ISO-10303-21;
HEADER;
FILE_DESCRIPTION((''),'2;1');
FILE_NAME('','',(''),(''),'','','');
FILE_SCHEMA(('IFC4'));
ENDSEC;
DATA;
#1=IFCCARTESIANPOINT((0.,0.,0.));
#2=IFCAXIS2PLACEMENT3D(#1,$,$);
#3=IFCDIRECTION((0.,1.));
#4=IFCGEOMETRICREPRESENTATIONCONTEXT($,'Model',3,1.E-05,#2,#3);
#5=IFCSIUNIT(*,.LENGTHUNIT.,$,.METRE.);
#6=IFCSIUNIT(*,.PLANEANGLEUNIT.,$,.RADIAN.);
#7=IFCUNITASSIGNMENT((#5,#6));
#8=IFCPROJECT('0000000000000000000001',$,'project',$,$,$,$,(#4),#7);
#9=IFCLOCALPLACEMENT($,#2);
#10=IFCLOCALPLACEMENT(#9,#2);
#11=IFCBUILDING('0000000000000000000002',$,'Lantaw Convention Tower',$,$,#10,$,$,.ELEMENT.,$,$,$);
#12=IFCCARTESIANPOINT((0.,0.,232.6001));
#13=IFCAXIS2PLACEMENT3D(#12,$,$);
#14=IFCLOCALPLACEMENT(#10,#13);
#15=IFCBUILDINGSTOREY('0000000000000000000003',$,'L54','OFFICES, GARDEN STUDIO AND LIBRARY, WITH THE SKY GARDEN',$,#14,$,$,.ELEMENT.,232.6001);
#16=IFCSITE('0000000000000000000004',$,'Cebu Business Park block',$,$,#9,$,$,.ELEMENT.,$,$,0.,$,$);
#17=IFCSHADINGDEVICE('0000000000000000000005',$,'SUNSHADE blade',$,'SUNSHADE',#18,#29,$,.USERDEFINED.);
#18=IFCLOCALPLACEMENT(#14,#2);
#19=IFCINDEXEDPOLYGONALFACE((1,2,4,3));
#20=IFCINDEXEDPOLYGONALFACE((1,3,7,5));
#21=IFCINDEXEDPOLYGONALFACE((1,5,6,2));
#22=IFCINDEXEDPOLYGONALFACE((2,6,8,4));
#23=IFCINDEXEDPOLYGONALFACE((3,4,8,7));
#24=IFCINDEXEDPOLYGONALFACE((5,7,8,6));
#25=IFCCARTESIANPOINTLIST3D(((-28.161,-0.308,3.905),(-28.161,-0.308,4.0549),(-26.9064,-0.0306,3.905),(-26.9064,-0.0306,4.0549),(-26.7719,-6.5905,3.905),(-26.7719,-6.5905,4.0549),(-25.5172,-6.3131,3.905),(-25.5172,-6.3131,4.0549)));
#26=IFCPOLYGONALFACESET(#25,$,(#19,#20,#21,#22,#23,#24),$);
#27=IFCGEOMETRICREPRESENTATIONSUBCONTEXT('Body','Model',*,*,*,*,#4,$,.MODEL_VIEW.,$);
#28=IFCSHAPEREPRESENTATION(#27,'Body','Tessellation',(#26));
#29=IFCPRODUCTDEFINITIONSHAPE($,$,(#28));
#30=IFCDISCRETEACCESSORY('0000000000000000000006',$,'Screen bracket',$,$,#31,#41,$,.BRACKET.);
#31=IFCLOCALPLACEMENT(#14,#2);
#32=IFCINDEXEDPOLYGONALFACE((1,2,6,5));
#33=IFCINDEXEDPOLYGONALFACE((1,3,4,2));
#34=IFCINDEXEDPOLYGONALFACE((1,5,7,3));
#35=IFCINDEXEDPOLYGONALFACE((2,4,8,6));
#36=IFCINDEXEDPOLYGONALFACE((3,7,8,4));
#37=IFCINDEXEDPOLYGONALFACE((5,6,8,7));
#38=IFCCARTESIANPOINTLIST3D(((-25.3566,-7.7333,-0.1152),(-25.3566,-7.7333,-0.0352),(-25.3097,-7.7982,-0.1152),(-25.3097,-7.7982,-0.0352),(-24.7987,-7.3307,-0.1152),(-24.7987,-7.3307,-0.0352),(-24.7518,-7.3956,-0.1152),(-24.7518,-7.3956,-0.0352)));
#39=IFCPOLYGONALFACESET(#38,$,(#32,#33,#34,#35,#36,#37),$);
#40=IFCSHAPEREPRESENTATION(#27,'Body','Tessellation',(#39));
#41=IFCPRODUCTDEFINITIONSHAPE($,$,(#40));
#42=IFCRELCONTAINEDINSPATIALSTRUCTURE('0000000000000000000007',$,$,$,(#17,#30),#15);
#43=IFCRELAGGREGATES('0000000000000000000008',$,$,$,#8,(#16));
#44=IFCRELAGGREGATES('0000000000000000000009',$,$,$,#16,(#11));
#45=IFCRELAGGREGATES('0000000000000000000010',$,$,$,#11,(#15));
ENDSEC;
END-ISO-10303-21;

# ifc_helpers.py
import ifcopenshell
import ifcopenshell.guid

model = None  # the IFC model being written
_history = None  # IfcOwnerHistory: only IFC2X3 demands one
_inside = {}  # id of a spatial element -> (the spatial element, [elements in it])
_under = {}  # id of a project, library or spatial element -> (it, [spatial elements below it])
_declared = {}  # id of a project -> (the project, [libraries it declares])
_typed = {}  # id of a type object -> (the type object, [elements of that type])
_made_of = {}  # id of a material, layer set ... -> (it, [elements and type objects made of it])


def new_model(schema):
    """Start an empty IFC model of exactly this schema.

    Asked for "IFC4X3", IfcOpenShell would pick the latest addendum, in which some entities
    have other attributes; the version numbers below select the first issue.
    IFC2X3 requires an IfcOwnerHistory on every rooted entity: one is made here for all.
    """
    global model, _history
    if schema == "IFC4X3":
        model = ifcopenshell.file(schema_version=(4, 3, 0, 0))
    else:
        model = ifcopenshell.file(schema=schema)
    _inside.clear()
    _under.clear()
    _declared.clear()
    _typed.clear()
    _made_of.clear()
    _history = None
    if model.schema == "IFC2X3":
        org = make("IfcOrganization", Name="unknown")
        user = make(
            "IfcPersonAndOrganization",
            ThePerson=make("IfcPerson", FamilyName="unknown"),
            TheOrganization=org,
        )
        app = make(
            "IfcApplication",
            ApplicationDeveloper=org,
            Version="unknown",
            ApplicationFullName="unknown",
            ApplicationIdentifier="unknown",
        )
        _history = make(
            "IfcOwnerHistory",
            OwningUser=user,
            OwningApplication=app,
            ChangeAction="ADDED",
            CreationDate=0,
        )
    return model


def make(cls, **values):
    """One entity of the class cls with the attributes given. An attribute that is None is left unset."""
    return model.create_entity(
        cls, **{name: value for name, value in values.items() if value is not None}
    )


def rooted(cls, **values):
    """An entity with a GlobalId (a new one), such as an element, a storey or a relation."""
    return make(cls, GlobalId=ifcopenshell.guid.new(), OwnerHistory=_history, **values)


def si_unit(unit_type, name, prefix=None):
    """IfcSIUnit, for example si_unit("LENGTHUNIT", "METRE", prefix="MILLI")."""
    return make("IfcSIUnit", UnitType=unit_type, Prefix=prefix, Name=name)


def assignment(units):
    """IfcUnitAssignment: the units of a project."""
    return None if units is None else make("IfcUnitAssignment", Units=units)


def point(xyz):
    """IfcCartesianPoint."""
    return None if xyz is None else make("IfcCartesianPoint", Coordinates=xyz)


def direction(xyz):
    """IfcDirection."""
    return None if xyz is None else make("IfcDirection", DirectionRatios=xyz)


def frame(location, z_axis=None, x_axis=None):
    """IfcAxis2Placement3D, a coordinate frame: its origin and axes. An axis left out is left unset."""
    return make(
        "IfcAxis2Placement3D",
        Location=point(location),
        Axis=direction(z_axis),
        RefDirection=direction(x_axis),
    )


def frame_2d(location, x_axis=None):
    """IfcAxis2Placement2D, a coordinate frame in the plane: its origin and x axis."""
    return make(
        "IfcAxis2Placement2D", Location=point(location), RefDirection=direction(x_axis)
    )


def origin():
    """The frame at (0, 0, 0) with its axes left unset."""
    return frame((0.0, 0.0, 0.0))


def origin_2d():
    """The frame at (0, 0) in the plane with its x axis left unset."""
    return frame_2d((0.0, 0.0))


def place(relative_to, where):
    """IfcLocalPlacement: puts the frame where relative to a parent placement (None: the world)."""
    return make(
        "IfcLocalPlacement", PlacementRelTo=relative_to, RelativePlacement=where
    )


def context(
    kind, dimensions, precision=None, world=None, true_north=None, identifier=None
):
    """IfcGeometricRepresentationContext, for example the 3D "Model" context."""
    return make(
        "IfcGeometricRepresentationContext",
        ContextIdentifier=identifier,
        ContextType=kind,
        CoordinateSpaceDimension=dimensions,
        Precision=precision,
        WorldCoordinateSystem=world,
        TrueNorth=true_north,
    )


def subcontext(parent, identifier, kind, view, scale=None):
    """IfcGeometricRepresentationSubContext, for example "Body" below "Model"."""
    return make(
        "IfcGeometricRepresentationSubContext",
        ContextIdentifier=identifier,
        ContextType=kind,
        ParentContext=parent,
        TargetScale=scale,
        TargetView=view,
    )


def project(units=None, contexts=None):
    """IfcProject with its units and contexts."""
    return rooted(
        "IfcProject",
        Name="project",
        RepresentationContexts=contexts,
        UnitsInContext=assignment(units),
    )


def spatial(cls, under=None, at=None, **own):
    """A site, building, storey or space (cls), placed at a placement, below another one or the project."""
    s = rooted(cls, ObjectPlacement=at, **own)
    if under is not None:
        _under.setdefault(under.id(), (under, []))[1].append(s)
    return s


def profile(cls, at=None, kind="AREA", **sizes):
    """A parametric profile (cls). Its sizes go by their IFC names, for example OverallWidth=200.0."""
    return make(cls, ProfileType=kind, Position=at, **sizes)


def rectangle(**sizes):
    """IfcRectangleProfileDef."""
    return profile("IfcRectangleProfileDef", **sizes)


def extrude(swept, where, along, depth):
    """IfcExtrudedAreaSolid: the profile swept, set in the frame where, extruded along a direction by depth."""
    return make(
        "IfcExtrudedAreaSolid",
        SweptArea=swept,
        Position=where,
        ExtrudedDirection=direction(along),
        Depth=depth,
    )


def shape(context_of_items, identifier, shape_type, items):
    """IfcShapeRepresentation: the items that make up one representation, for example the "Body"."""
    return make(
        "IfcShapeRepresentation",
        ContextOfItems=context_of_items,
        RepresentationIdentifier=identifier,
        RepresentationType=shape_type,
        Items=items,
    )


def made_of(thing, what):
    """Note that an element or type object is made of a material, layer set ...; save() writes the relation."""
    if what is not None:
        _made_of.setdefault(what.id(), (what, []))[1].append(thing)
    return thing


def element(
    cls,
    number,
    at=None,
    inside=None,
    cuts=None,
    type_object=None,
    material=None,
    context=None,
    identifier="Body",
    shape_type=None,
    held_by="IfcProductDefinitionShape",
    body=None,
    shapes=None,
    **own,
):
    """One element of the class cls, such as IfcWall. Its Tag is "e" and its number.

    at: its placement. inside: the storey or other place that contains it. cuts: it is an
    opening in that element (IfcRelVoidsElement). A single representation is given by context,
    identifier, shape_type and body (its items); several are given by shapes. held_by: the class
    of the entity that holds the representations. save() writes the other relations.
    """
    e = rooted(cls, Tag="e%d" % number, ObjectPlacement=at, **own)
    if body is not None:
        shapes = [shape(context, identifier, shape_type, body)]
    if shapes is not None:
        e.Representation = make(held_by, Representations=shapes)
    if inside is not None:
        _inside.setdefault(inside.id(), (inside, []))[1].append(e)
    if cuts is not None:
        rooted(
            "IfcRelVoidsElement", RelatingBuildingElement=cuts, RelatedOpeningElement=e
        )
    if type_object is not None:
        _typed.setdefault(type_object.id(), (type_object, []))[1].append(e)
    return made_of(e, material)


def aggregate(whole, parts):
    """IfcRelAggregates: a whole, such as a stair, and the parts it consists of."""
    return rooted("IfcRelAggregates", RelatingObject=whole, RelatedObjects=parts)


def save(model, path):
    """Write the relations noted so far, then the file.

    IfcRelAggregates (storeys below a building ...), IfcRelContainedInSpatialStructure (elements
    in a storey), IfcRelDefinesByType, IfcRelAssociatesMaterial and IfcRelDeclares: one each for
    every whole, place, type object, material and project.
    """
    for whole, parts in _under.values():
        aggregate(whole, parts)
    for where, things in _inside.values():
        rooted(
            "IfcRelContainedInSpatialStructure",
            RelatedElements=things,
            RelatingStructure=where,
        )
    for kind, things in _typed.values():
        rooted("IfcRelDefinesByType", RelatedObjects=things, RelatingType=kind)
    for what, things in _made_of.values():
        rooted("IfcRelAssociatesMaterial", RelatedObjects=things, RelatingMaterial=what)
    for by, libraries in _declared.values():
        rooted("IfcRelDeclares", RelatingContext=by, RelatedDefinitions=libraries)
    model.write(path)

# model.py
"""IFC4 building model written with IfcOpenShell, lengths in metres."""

from ifc_helpers import new_model, si_unit, direction, frame, origin, origin_2d, place, context, subcontext, project, spatial, rectangle, extrude, element, save


model = new_model("IFC4")

# Units and contexts
model_context = context("Model", 3, precision=1e-05, world=origin(), true_north=direction((0.0, 1.0)))
body_context = subcontext(model_context, "Body", "Model", "MODEL_VIEW")
ifc_project = project(units=[si_unit("LENGTHUNIT", "METRE"), si_unit("PLANEANGLEUNIT", "RADIAN")], contexts=[model_context])

# Site, building, storey
site_placement = place(None, origin())
site = spatial("IfcSite", under=ifc_project, at=site_placement, Name="Cebu Business Park block", CompositionType="ELEMENT", RefElevation=0.0)
building_placement = place(site_placement, origin())
building = spatial("IfcBuilding", under=site, at=building_placement, Name="Lantaw Convention Tower", CompositionType="ELEMENT")
storey_placement = place(building_placement, frame((0.0, 0.0, 232.6001)))
storey = spatial("IfcBuildingStorey", under=building, at=storey_placement, Name="L54", Description="OFFICES, GARDEN STUDIO AND LIBRARY, WITH THE SKY GARDEN", CompositionType="ELEMENT", Elevation=232.6001)

# Shading device
shading_device_placement = place(storey_placement, frame((-26.8391, -3.3105, 3.905), z_axis=(0.0, 0.0, 1.0), x_axis=(0.215891, -0.976417, 0.0)))
element("IfcShadingDevice", 1, at=shading_device_placement, inside=storey, Name="SUNSHADE blade", ObjectType="SUNSHADE", PredefinedType="USERDEFINED", context=body_context, shape_type="SweptSolid", body=[
    extrude(rectangle(XDim=6.4343, YDim=1.2849, at=origin_2d()), origin(), (0.0, 0.0, 1.0), 0.1499),
])

# Discrete accessory
discrete_accessory_placement = place(storey_placement, frame((-25.0542, -7.5645, -0.1152), z_axis=(0.0, 0.0, 1.0), x_axis=(0.585158, -0.81092, 0.0)))
element("IfcDiscreteAccessory", 2, at=discrete_accessory_placement, inside=storey, Name="Screen bracket", PredefinedType="BRACKET", context=body_context, shape_type="SweptSolid", body=[
    extrude(rectangle(XDim=0.0801, YDim=0.688, at=origin_2d()), origin(), (0.0, 0.0, 1.0), 0.0801),
])

save(model, "model.ifc")
